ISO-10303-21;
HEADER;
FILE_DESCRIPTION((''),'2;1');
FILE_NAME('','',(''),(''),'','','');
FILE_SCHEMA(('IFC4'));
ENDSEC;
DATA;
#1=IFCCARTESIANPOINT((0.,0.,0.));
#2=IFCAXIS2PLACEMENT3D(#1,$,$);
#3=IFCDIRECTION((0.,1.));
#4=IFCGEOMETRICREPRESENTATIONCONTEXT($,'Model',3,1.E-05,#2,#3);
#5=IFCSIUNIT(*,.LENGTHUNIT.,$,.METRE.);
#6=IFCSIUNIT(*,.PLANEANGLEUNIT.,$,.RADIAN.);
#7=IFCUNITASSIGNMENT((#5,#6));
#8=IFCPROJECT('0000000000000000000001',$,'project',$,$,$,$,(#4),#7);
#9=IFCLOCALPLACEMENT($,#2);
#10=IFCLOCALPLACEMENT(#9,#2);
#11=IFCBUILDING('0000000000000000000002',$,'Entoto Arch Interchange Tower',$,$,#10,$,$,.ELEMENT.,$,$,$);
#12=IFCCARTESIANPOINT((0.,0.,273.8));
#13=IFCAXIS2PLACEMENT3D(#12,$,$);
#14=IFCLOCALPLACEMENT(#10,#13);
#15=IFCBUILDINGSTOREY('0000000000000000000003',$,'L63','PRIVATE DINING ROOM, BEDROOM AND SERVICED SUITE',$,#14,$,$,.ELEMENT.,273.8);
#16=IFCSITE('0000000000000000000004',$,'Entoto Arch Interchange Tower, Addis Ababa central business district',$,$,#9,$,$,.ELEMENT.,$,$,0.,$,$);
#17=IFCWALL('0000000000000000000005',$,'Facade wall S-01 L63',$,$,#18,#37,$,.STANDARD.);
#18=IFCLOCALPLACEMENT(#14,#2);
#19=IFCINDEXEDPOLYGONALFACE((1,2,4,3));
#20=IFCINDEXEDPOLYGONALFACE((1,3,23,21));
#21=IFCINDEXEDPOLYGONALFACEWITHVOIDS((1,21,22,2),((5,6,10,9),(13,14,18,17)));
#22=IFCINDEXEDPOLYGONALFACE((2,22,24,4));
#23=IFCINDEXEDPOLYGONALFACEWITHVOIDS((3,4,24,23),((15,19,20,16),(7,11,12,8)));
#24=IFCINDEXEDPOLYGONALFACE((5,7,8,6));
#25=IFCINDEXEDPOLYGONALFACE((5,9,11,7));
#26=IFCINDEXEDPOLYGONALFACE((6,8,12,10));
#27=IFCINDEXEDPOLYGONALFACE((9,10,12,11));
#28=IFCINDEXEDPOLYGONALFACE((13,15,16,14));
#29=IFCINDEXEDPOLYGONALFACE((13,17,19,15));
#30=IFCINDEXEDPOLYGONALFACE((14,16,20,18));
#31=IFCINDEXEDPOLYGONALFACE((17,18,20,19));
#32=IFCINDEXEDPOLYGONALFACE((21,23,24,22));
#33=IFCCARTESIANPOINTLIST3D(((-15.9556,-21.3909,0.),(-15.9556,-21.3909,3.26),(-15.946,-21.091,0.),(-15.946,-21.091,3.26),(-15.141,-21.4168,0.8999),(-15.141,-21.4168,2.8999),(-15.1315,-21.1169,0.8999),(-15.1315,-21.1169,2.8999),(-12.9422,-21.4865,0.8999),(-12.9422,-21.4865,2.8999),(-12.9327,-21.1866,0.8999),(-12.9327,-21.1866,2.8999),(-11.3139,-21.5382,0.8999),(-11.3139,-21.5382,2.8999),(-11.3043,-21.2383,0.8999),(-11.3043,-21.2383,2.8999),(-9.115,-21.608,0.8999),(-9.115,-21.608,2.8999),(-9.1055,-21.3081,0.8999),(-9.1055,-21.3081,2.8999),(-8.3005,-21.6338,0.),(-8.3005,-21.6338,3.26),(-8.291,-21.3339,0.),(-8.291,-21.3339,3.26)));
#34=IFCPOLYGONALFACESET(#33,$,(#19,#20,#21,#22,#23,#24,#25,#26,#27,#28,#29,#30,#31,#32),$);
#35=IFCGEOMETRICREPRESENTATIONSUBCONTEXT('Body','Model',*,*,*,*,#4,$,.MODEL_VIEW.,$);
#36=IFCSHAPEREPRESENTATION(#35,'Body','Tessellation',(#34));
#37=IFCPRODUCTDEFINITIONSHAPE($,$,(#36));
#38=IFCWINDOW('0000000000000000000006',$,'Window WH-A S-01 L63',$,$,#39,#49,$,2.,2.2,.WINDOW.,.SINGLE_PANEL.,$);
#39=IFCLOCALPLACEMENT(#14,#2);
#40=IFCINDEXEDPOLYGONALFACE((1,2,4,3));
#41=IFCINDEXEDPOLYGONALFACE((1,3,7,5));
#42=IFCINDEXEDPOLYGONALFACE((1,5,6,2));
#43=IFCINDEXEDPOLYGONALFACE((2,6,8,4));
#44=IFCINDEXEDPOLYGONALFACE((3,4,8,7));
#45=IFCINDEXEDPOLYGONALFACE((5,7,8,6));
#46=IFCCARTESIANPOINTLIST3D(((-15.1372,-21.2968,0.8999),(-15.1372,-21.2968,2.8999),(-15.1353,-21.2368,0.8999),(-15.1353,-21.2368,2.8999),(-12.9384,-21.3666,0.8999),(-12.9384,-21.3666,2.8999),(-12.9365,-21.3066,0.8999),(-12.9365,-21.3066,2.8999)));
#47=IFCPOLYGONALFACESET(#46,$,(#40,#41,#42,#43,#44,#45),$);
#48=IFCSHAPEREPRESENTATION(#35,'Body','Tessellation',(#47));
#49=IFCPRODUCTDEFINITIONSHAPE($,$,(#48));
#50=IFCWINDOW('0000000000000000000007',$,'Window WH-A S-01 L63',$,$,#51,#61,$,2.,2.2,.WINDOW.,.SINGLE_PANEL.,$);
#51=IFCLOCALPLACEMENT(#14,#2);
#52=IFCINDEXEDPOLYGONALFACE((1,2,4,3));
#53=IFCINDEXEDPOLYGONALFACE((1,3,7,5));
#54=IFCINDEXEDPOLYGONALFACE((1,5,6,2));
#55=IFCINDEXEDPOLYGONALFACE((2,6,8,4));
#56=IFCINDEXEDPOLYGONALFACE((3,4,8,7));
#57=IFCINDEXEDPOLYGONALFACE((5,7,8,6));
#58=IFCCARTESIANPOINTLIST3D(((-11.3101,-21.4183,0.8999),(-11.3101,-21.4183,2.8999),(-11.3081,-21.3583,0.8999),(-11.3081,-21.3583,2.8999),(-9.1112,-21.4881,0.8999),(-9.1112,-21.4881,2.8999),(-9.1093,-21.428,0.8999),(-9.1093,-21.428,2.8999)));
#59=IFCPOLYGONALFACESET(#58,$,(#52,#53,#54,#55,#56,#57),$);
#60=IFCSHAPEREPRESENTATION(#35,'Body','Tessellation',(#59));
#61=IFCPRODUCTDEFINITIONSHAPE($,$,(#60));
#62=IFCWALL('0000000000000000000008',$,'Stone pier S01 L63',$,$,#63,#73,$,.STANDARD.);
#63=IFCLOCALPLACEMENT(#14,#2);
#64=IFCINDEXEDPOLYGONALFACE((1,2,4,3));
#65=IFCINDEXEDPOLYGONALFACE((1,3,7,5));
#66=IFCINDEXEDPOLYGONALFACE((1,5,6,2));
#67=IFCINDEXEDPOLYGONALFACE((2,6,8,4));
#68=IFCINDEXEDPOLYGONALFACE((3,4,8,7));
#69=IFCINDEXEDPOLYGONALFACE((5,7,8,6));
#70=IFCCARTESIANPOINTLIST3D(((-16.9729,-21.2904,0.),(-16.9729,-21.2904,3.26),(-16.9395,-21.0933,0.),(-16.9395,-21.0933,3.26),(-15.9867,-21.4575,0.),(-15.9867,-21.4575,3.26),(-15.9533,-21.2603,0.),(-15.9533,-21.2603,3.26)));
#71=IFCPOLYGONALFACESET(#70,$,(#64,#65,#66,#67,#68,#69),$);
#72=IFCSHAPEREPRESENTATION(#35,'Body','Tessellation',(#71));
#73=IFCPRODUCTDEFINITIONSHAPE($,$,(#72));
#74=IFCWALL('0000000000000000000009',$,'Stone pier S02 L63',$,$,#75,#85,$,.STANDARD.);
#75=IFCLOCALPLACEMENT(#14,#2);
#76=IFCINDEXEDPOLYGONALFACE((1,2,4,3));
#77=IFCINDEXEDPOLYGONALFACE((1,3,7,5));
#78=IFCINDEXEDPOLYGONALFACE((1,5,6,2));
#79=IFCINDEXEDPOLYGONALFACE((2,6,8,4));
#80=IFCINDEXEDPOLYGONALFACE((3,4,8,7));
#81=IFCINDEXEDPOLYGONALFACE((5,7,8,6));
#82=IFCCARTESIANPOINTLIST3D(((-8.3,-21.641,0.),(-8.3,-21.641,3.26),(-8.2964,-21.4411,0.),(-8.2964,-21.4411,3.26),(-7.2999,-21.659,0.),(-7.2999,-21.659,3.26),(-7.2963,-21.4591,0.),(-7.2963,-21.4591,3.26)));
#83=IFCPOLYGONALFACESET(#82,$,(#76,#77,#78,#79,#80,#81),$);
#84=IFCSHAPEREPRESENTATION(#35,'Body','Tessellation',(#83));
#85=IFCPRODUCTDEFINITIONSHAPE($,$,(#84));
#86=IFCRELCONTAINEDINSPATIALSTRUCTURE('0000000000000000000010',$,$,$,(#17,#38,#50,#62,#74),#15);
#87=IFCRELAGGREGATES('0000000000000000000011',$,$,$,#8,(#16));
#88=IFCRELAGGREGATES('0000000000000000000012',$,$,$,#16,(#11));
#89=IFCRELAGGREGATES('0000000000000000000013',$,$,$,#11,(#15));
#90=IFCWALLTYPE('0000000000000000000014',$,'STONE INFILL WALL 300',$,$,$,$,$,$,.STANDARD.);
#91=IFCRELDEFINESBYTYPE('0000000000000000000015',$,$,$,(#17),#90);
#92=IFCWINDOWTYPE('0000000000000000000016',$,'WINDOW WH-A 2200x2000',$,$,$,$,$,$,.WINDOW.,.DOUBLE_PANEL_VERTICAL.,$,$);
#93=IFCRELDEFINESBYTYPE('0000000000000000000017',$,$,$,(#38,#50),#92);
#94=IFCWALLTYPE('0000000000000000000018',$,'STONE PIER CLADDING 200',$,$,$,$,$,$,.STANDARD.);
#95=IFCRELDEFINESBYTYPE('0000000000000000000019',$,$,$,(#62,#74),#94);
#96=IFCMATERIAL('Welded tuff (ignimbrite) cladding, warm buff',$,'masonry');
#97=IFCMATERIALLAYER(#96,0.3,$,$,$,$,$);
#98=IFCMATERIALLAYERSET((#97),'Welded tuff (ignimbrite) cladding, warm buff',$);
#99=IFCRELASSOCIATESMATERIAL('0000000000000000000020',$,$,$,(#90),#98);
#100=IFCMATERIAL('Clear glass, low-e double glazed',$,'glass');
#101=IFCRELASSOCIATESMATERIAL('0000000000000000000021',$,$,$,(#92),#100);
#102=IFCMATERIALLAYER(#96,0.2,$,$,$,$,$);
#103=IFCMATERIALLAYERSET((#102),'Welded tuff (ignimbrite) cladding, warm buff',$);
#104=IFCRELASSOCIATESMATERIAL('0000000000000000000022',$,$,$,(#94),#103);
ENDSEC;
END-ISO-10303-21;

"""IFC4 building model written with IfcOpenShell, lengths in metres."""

from ifc_helpers import new_model, si_unit, direction, frame, frame_2d, origin, place, context, subcontext, project, spatial, rectangle, extrude, material, layer, layer_set, type_object, element, fill, save


model = new_model("IFC4")

# Units and contexts
model_context = context("Model", 3, precision=1e-05, world=origin(), true_north=direction((0.0, 1.0)))
body_context = subcontext(model_context, "Body", "Model", "MODEL_VIEW")
ifc_project = project(units=[si_unit("LENGTHUNIT", "METRE"), si_unit("PLANEANGLEUNIT", "RADIAN")], contexts=[model_context])

# Site, building, storey
site_placement = place(None, origin())
site = spatial("IfcSite", under=ifc_project, at=site_placement, Name="Entoto Arch Interchange Tower, Addis Ababa central business district", CompositionType="ELEMENT", RefElevation=0.0)
building_placement = place(site_placement, origin())
building = spatial("IfcBuilding", under=site, at=building_placement, Name="Entoto Arch Interchange Tower", CompositionType="ELEMENT")
storey_placement = place(building_placement, frame((0.0, 0.0, 273.8)))
storey = spatial("IfcBuildingStorey", under=building, at=storey_placement, Name="L63", Description="PRIVATE DINING ROOM, BEDROOM AND SERVICED SUITE", CompositionType="ELEMENT", Elevation=273.8)

# Wall, openings, windows
ifc_material_1 = material(Name="Welded tuff (ignimbrite) cladding, warm buff", Category="masonry")
ifc_layer_1 = layer(ifc_material_1, 0.3)
ifc_layer_set_1 = layer_set([ifc_layer_1], Name="Welded tuff (ignimbrite) cladding, warm buff")
wall_type_1 = type_object("IfcWallType", Name="STONE INFILL WALL 300", PredefinedType="STANDARD", material=ifc_layer_set_1)
wall_1_placement = place(storey_placement, frame((-15.9509, -21.241, 0.0), z_axis=(0.0, 0.0, 1.0), x_axis=(0.999497, -0.031717, 0.0)))
wall_1 = element("IfcWall", 1, at=wall_1_placement, inside=storey, type_object=wall_type_1, Name="Facade wall S-01 L63", PredefinedType="STANDARD", context=body_context, shape_type="SweptSolid", body=[
    extrude(rectangle(XDim=7.6589, YDim=0.3, at=frame_2d((3.8296, 0.0))), origin(), (0.0, 0.0, 1.0), 3.26),
])
opening_1_placement = place(wall_1_placement, frame((0.8149, 0.0, 0.8999)))
opening_1 = element("IfcOpeningElement", 2, at=opening_1_placement, cuts=wall_1, PredefinedType="OPENING", context=body_context, shape_type="SweptSolid", body=[
    extrude(rectangle(XDim=2.2, YDim=2.0, at=frame_2d((1.1001, 1.0))), frame((0.0, 0.1602, 0.0), z_axis=(0.0, -1.0, 0.0), x_axis=(1.0, 0.0, 0.0)), (0.0, 0.0, 1.0), 0.3201),
])
opening_2_placement = place(wall_1_placement, frame((4.644, 0.0, 0.8999)))
opening_2 = element("IfcOpeningElement", 3, at=opening_2_placement, cuts=wall_1, PredefinedType="OPENING", context=body_context, shape_type="SweptSolid", body=[
    extrude(rectangle(XDim=2.2, YDim=2.0, at=frame_2d((1.1001, 1.0))), frame((0.0, 0.1602, 0.0), z_axis=(0.0, -1.0, 0.0), x_axis=(1.0, 0.0, 0.0)), (0.0, 0.0, 1.0), 0.3201),
])
ifc_material_2 = material(Name="Clear glass, low-e double glazed", Category="glass")
window_type = type_object("IfcWindowType", Name="WINDOW WH-A 2200x2000", PartitioningType="DOUBLE_PANEL_VERTICAL", PredefinedType="WINDOW", material=ifc_material_2)
window_1_placement = place(opening_1_placement, origin())
window_1 = element("IfcWindow", 4, at=window_1_placement, inside=storey, type_object=window_type, Name="Window WH-A S-01 L63", OverallHeight=2.0, OverallWidth=2.2, PartitioningType="SINGLE_PANEL", PredefinedType="WINDOW", context=body_context, shape_type="SweptSolid", body=[
    extrude(rectangle(XDim=2.2, YDim=2.0, at=frame_2d((1.1001, 1.0))), frame((0.0, 0.03, 0.0), z_axis=(0.0, -1.0, 0.0), x_axis=(1.0, 0.0, 0.0)), (0.0, 0.0, 1.0), 0.0601),
])
fill(opening_1, window_1)
window_2_placement = place(opening_2_placement, origin())
window_2 = element("IfcWindow", 5, at=window_2_placement, inside=storey, type_object=window_type, Name="Window WH-A S-01 L63", OverallHeight=2.0, OverallWidth=2.2, PartitioningType="SINGLE_PANEL", PredefinedType="WINDOW", context=body_context, shape_type="SweptSolid", body=[
    extrude(rectangle(XDim=2.2, YDim=2.0, at=frame_2d((1.1001, 1.0))), frame((0.0, 0.03, 0.0), z_axis=(0.0, -1.0, 0.0), x_axis=(1.0, 0.0, 0.0)), (0.0, 0.0, 1.0), 0.0601),
])
fill(opening_2, window_2)

# Walls
ifc_layer_2 = layer(ifc_material_1, 0.2)
ifc_layer_set_2 = layer_set([ifc_layer_2], Name="Welded tuff (ignimbrite) cladding, warm buff")
wall_type_2 = type_object("IfcWallType", Name="STONE PIER CLADDING 200", PredefinedType="STANDARD", material=ifc_layer_set_2)
for number, where, z_axis, x_axis, name in (
    (6, (-16.9561, -21.1919, 0.0), (0.0, 0.0, 1.0), (0.985962, -0.166971, 0.0), "Stone pier S01 L63"),
    (7, (-8.2981, -21.541, 0.0), (0.0, 0.0, 1.0), (0.999837, -0.018063, 0.0), "Stone pier S02 L63"),
):
    element("IfcWall", number, at=place(storey_placement, frame(where, z_axis=z_axis, x_axis=x_axis)), inside=storey, type_object=wall_type_2, Name=name, PredefinedType="STANDARD", context=body_context, shape_type="SweptSolid", body=[
        extrude(rectangle(XDim=1.0002, YDim=0.2, at=frame_2d((0.5, 0.0))), origin(), (0.0, 0.0, 1.0), 3.26),
    ])

save(model, "model.ifc")
